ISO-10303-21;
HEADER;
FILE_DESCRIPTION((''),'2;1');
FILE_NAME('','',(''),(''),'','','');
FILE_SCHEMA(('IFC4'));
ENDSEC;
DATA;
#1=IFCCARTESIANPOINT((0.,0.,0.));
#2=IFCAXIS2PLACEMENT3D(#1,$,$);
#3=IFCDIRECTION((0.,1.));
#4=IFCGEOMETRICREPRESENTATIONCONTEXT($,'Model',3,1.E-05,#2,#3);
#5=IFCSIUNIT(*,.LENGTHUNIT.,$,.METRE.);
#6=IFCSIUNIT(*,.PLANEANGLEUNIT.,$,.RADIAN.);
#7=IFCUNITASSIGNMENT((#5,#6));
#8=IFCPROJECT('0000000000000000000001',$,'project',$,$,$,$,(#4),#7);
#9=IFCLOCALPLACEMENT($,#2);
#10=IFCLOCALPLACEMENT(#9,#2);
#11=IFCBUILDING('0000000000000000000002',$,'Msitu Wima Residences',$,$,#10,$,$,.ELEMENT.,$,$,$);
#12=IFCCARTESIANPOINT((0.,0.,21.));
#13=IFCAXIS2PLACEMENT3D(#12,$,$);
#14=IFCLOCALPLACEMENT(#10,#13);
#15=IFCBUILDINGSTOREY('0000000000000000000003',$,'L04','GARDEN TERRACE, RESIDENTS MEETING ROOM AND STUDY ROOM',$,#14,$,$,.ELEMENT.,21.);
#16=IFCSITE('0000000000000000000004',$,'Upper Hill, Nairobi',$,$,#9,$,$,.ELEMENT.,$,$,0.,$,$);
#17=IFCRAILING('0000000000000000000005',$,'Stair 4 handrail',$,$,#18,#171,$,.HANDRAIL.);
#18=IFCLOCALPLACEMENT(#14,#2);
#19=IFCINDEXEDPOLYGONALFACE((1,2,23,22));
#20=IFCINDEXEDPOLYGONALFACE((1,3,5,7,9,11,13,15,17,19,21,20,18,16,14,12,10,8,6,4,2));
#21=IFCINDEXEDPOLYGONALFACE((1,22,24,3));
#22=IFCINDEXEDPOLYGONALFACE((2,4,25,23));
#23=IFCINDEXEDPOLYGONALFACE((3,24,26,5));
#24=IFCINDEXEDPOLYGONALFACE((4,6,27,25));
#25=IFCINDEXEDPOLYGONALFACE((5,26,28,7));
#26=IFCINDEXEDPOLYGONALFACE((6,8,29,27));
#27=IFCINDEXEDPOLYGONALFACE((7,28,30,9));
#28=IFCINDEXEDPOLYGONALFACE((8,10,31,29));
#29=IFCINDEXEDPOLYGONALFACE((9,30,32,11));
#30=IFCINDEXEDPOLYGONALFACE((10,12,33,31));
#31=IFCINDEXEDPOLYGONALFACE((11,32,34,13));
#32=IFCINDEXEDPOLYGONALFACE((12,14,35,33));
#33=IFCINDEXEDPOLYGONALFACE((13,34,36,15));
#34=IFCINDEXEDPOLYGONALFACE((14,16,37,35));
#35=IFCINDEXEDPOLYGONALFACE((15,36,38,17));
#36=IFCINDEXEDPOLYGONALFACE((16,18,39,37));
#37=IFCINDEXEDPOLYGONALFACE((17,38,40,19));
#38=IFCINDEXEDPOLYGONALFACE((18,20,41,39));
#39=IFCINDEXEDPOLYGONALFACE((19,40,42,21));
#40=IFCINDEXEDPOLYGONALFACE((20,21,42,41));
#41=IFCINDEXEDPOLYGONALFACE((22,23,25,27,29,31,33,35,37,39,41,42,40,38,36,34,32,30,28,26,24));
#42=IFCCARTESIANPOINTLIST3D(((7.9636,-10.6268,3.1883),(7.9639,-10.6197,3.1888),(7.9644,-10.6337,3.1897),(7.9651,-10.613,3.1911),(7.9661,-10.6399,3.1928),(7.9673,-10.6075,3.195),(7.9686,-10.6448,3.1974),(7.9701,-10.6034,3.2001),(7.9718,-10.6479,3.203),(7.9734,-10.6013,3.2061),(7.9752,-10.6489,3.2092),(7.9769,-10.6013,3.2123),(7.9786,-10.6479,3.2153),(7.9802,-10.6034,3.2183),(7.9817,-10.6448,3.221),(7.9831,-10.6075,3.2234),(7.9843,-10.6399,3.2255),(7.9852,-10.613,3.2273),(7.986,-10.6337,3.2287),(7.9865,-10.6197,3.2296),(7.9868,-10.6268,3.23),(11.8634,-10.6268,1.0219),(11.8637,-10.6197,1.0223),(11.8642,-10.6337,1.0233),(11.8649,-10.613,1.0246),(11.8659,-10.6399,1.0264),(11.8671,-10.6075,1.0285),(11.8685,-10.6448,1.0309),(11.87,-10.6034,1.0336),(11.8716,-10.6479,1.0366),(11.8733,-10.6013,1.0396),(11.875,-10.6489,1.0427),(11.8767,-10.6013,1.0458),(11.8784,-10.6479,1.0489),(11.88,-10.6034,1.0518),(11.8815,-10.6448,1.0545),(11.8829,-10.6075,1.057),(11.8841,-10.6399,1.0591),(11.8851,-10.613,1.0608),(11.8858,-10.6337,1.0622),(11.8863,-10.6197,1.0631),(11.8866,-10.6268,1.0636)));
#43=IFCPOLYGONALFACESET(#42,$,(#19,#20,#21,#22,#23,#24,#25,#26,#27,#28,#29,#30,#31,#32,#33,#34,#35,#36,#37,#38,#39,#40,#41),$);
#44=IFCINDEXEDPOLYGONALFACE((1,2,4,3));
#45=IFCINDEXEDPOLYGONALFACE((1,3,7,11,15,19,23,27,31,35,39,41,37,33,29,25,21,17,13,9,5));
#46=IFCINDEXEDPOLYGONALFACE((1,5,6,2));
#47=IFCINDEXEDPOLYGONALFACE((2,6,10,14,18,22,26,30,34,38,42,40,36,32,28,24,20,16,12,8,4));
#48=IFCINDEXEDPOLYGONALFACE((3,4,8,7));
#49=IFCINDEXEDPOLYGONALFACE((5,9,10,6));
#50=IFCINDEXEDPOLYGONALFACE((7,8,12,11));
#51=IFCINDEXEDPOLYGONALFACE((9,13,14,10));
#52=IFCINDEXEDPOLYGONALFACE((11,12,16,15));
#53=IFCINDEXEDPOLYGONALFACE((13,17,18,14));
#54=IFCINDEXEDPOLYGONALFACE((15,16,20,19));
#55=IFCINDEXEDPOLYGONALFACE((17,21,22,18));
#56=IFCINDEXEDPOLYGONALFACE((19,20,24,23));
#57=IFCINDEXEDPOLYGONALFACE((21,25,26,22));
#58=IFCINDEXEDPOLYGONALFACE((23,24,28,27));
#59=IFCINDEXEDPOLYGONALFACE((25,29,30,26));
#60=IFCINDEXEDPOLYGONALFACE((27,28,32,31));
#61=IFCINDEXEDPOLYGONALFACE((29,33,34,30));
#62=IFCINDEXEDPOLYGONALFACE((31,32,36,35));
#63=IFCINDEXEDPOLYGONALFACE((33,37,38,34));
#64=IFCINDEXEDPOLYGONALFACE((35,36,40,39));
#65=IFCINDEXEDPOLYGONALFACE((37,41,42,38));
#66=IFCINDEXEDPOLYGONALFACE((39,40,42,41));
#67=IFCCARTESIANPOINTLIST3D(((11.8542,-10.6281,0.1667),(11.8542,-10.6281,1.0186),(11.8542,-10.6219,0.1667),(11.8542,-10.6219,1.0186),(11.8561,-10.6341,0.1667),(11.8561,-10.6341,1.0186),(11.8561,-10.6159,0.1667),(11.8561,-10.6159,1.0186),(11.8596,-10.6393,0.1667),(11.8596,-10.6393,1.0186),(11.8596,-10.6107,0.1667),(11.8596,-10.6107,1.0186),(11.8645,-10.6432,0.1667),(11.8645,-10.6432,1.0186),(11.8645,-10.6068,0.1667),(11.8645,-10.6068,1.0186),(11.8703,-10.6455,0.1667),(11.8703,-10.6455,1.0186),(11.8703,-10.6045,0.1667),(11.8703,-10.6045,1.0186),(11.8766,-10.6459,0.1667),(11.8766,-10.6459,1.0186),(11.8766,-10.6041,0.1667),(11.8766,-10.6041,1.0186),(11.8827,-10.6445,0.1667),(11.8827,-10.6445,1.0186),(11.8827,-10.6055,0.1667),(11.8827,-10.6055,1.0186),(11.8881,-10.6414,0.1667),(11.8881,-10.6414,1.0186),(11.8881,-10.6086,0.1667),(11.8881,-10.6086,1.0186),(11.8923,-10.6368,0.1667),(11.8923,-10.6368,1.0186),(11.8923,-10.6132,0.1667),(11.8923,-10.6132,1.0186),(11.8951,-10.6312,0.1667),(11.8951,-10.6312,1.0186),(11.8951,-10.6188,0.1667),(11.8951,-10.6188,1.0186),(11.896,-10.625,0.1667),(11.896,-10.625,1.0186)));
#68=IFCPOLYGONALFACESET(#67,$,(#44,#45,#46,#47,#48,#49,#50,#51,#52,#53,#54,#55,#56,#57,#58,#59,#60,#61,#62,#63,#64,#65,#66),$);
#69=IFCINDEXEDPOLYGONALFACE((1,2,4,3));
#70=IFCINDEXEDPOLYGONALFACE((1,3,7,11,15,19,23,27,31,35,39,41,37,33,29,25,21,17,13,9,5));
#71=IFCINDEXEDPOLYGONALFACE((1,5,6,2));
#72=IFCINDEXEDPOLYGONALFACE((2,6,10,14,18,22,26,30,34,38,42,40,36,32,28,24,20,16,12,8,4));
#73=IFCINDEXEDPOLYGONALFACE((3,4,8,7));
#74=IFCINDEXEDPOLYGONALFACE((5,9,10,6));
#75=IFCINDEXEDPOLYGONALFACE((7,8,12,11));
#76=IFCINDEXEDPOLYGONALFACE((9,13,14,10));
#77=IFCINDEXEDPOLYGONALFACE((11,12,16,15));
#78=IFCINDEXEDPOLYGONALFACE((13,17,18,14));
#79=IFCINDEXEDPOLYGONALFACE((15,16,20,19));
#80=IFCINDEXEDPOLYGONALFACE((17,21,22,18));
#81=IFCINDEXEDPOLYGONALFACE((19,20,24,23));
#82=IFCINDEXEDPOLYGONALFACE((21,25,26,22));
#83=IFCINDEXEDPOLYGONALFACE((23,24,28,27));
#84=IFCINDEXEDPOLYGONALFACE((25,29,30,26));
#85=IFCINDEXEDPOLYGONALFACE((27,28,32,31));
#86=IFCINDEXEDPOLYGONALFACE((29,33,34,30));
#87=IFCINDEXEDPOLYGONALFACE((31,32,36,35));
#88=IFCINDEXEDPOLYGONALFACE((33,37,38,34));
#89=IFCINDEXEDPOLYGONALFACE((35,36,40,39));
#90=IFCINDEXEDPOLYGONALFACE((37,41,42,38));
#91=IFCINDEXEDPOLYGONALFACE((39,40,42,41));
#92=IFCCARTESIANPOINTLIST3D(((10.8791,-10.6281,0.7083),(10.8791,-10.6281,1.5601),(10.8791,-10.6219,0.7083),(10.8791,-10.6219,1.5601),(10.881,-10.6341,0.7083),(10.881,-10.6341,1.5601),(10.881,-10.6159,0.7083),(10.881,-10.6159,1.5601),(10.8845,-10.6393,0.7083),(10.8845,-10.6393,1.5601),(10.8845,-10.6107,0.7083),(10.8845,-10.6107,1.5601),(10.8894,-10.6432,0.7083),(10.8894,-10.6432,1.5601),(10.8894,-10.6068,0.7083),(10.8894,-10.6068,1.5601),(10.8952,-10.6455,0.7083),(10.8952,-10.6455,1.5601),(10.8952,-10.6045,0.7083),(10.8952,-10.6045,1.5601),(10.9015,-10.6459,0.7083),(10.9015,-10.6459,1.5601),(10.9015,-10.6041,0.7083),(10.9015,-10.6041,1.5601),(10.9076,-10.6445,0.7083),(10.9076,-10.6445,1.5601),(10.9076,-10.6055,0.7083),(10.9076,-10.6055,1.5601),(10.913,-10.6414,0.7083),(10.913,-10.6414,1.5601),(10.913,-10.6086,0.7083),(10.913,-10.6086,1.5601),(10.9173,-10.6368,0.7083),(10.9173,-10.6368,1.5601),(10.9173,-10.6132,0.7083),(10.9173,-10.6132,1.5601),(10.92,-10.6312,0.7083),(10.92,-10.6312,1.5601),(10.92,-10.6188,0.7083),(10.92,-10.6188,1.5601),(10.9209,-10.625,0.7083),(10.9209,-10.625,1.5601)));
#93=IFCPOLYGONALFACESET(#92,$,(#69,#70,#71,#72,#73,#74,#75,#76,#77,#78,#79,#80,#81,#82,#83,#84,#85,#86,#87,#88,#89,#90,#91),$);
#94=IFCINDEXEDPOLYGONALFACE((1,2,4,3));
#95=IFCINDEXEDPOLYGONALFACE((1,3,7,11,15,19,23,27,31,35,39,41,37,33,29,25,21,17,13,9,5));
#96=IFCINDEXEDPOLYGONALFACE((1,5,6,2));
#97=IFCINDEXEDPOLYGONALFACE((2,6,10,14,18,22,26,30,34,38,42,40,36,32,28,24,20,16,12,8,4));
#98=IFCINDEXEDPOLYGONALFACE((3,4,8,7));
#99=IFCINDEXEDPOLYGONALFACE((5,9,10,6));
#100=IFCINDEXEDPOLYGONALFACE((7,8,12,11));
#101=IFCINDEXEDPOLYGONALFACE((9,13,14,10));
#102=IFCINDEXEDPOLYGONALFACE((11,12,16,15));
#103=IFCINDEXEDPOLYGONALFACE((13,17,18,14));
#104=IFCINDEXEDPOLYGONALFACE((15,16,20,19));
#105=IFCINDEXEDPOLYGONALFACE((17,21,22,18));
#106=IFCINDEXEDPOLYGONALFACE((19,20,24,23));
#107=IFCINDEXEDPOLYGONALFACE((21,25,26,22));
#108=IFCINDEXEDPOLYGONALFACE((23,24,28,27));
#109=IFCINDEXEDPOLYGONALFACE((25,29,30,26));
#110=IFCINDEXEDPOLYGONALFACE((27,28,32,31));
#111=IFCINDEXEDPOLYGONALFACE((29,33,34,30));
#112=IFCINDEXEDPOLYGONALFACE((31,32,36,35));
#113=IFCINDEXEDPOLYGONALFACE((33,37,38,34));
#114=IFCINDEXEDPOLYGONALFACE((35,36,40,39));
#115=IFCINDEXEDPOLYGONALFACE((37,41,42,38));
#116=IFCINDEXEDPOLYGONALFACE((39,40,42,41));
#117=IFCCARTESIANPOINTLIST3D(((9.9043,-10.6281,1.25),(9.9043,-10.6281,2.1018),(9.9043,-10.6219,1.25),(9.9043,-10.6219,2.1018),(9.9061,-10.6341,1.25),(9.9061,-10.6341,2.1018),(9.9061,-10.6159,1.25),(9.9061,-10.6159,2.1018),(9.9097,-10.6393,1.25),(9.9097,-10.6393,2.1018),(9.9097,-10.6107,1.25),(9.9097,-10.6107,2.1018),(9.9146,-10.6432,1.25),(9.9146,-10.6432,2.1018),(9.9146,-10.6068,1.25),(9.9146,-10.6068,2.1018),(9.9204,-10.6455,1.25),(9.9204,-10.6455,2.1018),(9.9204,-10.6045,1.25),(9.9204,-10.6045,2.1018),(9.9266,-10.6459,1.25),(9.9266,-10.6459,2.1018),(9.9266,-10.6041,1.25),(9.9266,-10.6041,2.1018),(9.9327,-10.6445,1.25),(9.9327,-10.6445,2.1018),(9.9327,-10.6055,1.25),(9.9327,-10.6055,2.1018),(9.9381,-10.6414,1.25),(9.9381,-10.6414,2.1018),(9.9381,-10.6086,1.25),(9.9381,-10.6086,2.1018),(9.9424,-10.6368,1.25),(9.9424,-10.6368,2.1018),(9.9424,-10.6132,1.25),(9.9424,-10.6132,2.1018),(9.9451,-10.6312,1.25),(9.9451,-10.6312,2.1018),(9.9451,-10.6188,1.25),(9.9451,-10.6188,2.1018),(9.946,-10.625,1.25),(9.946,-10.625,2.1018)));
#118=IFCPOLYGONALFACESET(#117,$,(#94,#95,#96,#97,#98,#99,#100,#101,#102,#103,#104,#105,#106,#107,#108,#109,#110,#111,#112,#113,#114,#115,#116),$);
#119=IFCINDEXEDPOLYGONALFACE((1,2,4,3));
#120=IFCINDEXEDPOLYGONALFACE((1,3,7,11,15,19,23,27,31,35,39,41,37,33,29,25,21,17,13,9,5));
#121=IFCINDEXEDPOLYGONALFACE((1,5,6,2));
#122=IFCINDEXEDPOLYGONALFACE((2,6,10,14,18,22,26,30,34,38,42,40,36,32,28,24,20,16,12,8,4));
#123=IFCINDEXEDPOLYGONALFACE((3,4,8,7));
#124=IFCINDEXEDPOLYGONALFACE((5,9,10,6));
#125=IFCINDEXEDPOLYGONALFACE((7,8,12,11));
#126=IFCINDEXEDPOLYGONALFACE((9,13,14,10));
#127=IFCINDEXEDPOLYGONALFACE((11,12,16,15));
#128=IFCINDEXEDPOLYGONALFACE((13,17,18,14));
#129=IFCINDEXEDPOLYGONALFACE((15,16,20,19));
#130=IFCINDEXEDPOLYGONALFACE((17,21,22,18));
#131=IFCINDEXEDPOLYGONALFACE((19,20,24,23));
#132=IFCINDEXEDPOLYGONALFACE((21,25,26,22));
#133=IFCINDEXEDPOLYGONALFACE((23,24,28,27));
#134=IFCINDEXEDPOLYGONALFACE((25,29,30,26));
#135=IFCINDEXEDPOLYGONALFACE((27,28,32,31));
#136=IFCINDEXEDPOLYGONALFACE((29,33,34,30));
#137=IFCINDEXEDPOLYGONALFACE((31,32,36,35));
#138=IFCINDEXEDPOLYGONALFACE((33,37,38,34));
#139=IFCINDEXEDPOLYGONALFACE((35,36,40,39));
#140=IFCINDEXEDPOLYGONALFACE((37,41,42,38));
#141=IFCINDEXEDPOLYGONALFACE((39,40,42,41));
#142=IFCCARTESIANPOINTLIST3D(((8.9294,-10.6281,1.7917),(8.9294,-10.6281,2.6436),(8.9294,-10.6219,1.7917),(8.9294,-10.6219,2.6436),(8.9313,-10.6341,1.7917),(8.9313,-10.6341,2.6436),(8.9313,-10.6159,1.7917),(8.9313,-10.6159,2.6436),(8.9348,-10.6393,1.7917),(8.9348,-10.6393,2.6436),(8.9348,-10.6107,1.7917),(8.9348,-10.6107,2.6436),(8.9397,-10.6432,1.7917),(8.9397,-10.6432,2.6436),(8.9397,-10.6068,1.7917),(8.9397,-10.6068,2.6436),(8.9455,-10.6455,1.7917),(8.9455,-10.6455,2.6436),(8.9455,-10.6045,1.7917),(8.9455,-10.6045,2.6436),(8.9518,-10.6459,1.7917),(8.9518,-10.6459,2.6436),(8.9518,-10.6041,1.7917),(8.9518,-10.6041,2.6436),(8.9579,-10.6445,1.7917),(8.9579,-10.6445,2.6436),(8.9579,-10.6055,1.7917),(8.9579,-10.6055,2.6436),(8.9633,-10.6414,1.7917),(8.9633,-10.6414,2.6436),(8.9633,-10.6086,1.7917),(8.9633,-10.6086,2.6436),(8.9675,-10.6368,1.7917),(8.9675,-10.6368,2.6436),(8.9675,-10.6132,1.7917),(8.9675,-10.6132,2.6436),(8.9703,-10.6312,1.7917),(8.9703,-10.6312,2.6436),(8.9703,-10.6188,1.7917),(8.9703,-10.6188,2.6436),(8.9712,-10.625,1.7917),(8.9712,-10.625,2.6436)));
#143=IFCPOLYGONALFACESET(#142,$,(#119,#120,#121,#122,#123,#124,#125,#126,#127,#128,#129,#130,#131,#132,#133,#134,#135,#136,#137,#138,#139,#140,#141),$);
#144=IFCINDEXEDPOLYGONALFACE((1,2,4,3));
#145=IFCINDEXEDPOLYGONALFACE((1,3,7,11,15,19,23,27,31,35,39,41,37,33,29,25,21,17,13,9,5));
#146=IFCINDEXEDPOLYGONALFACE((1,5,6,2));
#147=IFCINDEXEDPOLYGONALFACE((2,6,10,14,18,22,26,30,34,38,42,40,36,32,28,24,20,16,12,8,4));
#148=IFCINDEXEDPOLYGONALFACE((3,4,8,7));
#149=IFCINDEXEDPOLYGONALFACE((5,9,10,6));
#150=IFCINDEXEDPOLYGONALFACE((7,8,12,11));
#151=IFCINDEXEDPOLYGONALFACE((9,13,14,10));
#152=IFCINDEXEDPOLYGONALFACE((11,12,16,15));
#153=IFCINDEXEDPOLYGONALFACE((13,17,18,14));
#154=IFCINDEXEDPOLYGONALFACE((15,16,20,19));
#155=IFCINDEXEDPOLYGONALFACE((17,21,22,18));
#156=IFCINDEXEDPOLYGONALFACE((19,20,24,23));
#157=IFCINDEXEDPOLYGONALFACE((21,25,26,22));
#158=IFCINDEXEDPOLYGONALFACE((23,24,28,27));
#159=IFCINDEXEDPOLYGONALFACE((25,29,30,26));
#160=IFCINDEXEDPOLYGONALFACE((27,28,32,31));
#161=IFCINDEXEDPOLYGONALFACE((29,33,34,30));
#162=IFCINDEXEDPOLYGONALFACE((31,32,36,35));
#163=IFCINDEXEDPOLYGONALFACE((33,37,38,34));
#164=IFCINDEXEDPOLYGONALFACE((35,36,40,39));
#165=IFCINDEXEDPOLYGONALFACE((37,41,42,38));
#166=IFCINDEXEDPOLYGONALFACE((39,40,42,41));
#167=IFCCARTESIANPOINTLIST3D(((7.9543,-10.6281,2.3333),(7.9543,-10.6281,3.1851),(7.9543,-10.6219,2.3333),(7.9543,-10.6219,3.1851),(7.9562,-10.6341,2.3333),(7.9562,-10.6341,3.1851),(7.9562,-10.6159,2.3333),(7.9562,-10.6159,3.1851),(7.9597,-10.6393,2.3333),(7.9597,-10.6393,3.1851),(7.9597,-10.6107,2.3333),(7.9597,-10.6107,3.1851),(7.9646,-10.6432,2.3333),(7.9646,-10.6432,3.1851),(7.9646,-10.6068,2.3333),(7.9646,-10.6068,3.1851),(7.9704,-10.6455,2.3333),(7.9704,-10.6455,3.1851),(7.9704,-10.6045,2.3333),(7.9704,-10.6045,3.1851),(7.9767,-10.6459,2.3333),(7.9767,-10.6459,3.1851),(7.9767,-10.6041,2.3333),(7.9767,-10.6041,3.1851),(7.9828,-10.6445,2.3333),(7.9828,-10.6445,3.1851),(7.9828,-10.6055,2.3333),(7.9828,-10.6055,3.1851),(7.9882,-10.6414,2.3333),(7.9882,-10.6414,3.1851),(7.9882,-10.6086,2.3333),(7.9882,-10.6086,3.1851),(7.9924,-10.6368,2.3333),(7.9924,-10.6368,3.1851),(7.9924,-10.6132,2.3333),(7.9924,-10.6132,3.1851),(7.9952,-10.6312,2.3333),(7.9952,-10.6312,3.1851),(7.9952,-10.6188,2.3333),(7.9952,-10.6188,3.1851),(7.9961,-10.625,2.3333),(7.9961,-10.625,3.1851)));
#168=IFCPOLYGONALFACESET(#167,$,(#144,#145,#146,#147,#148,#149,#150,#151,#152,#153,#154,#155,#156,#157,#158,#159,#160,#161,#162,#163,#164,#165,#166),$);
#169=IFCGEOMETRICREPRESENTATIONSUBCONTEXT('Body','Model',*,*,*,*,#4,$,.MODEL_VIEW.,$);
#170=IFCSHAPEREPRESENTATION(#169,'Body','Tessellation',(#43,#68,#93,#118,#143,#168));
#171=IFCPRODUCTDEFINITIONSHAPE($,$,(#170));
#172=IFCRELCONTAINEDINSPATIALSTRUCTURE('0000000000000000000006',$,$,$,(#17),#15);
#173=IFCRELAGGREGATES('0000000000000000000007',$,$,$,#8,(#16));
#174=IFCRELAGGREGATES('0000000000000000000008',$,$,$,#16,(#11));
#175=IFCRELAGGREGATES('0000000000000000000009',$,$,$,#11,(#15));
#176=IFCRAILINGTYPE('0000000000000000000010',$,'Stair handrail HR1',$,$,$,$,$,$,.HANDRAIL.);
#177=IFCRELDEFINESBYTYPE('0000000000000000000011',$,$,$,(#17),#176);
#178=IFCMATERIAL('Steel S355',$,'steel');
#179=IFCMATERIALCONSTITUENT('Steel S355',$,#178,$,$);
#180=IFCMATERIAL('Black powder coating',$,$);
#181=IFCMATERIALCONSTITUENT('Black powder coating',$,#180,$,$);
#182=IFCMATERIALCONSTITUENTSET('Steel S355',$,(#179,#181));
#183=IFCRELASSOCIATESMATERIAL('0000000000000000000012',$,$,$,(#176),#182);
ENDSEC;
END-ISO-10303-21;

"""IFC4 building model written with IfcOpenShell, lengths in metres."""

from ifc_helpers import new_model, si_unit, direction, frame, origin, origin_2d, place, context, subcontext, project, spatial, circle, extrude, material, constituent, constituent_set, type_object, element, save


model = new_model("IFC4")

# Units and contexts
model_context = context("Model", 3, precision=1e-05, world=origin(), true_north=direction((0.0, 1.0)))
body_context = subcontext(model_context, "Body", "Model", "MODEL_VIEW")
ifc_project = project(units=[si_unit("LENGTHUNIT", "METRE"), si_unit("PLANEANGLEUNIT", "RADIAN")], contexts=[model_context])

# Site, building, storey
site_placement = place(None, origin())
site = spatial("IfcSite", under=ifc_project, at=site_placement, Name="Upper Hill, Nairobi", CompositionType="ELEMENT", RefElevation=0.0)
building_placement = place(site_placement, origin())
building = spatial("IfcBuilding", under=site, at=building_placement, Name="Msitu Wima Residences", CompositionType="ELEMENT")
storey_placement = place(building_placement, frame((0.0, 0.0, 21.0)))
storey = spatial("IfcBuildingStorey", under=building, at=storey_placement, Name="L04", Description="GARDEN TERRACE, RESIDENTS MEETING ROOM AND STUDY ROOM", CompositionType="ELEMENT", Elevation=21.0)

# Railing
ifc_material_1 = material(Name="Steel S355", Category="steel")
ifc_constituent_1 = constituent(ifc_material_1, Name="Steel S355")
ifc_material_2 = material(Name="Black powder coating")
ifc_constituent_2 = constituent(ifc_material_2, Name="Black powder coating")
ifc_constituent_set = constituent_set(constituents=[ifc_constituent_1, ifc_constituent_2], Name="Steel S355")
railing_type = type_object("IfcRailingType", Name="Stair handrail HR1", PredefinedType="HANDRAIL", material=ifc_constituent_set)
railing_placement = place(storey_placement, frame((11.875, -10.625, 0.1667)))
element("IfcRailing", 1, at=railing_placement, inside=storey, type_object=railing_type, Name="Stair 4 handrail", PredefinedType="HANDRAIL", context=body_context, shape_type="SweptSolid", body=[
    extrude(circle(Radius=0.0239, at=origin_2d()), frame((0.0, 0.0, 0.876), z_axis=(-0.874168, 0.0, 0.485624), x_axis=(0.0, -1.0, 0.0)), (0.0, 0.0, 1.0), 4.4612),
    extrude(circle(Radius=0.021, at=origin_2d()), origin(), (0.0, 0.0, 1.0), 0.8518),
    extrude(circle(Radius=0.021, at=origin_2d()), frame((-0.9751, 0.0, 0.5415)), (0.0, 0.0, 1.0), 0.8518),
    extrude(circle(Radius=0.021, at=origin_2d()), frame((-1.95, 0.0, 1.0833)), (0.0, 0.0, 1.0), 0.8518),
    extrude(circle(Radius=0.021, at=origin_2d()), frame((-2.9248, 0.0, 1.625)), (0.0, 0.0, 1.0), 0.8518),
    extrude(circle(Radius=0.021, at=origin_2d()), frame((-3.8999, 0.0, 2.1665)), (0.0, 0.0, 1.0), 0.8518),
])

save(model, "model.ifc")
